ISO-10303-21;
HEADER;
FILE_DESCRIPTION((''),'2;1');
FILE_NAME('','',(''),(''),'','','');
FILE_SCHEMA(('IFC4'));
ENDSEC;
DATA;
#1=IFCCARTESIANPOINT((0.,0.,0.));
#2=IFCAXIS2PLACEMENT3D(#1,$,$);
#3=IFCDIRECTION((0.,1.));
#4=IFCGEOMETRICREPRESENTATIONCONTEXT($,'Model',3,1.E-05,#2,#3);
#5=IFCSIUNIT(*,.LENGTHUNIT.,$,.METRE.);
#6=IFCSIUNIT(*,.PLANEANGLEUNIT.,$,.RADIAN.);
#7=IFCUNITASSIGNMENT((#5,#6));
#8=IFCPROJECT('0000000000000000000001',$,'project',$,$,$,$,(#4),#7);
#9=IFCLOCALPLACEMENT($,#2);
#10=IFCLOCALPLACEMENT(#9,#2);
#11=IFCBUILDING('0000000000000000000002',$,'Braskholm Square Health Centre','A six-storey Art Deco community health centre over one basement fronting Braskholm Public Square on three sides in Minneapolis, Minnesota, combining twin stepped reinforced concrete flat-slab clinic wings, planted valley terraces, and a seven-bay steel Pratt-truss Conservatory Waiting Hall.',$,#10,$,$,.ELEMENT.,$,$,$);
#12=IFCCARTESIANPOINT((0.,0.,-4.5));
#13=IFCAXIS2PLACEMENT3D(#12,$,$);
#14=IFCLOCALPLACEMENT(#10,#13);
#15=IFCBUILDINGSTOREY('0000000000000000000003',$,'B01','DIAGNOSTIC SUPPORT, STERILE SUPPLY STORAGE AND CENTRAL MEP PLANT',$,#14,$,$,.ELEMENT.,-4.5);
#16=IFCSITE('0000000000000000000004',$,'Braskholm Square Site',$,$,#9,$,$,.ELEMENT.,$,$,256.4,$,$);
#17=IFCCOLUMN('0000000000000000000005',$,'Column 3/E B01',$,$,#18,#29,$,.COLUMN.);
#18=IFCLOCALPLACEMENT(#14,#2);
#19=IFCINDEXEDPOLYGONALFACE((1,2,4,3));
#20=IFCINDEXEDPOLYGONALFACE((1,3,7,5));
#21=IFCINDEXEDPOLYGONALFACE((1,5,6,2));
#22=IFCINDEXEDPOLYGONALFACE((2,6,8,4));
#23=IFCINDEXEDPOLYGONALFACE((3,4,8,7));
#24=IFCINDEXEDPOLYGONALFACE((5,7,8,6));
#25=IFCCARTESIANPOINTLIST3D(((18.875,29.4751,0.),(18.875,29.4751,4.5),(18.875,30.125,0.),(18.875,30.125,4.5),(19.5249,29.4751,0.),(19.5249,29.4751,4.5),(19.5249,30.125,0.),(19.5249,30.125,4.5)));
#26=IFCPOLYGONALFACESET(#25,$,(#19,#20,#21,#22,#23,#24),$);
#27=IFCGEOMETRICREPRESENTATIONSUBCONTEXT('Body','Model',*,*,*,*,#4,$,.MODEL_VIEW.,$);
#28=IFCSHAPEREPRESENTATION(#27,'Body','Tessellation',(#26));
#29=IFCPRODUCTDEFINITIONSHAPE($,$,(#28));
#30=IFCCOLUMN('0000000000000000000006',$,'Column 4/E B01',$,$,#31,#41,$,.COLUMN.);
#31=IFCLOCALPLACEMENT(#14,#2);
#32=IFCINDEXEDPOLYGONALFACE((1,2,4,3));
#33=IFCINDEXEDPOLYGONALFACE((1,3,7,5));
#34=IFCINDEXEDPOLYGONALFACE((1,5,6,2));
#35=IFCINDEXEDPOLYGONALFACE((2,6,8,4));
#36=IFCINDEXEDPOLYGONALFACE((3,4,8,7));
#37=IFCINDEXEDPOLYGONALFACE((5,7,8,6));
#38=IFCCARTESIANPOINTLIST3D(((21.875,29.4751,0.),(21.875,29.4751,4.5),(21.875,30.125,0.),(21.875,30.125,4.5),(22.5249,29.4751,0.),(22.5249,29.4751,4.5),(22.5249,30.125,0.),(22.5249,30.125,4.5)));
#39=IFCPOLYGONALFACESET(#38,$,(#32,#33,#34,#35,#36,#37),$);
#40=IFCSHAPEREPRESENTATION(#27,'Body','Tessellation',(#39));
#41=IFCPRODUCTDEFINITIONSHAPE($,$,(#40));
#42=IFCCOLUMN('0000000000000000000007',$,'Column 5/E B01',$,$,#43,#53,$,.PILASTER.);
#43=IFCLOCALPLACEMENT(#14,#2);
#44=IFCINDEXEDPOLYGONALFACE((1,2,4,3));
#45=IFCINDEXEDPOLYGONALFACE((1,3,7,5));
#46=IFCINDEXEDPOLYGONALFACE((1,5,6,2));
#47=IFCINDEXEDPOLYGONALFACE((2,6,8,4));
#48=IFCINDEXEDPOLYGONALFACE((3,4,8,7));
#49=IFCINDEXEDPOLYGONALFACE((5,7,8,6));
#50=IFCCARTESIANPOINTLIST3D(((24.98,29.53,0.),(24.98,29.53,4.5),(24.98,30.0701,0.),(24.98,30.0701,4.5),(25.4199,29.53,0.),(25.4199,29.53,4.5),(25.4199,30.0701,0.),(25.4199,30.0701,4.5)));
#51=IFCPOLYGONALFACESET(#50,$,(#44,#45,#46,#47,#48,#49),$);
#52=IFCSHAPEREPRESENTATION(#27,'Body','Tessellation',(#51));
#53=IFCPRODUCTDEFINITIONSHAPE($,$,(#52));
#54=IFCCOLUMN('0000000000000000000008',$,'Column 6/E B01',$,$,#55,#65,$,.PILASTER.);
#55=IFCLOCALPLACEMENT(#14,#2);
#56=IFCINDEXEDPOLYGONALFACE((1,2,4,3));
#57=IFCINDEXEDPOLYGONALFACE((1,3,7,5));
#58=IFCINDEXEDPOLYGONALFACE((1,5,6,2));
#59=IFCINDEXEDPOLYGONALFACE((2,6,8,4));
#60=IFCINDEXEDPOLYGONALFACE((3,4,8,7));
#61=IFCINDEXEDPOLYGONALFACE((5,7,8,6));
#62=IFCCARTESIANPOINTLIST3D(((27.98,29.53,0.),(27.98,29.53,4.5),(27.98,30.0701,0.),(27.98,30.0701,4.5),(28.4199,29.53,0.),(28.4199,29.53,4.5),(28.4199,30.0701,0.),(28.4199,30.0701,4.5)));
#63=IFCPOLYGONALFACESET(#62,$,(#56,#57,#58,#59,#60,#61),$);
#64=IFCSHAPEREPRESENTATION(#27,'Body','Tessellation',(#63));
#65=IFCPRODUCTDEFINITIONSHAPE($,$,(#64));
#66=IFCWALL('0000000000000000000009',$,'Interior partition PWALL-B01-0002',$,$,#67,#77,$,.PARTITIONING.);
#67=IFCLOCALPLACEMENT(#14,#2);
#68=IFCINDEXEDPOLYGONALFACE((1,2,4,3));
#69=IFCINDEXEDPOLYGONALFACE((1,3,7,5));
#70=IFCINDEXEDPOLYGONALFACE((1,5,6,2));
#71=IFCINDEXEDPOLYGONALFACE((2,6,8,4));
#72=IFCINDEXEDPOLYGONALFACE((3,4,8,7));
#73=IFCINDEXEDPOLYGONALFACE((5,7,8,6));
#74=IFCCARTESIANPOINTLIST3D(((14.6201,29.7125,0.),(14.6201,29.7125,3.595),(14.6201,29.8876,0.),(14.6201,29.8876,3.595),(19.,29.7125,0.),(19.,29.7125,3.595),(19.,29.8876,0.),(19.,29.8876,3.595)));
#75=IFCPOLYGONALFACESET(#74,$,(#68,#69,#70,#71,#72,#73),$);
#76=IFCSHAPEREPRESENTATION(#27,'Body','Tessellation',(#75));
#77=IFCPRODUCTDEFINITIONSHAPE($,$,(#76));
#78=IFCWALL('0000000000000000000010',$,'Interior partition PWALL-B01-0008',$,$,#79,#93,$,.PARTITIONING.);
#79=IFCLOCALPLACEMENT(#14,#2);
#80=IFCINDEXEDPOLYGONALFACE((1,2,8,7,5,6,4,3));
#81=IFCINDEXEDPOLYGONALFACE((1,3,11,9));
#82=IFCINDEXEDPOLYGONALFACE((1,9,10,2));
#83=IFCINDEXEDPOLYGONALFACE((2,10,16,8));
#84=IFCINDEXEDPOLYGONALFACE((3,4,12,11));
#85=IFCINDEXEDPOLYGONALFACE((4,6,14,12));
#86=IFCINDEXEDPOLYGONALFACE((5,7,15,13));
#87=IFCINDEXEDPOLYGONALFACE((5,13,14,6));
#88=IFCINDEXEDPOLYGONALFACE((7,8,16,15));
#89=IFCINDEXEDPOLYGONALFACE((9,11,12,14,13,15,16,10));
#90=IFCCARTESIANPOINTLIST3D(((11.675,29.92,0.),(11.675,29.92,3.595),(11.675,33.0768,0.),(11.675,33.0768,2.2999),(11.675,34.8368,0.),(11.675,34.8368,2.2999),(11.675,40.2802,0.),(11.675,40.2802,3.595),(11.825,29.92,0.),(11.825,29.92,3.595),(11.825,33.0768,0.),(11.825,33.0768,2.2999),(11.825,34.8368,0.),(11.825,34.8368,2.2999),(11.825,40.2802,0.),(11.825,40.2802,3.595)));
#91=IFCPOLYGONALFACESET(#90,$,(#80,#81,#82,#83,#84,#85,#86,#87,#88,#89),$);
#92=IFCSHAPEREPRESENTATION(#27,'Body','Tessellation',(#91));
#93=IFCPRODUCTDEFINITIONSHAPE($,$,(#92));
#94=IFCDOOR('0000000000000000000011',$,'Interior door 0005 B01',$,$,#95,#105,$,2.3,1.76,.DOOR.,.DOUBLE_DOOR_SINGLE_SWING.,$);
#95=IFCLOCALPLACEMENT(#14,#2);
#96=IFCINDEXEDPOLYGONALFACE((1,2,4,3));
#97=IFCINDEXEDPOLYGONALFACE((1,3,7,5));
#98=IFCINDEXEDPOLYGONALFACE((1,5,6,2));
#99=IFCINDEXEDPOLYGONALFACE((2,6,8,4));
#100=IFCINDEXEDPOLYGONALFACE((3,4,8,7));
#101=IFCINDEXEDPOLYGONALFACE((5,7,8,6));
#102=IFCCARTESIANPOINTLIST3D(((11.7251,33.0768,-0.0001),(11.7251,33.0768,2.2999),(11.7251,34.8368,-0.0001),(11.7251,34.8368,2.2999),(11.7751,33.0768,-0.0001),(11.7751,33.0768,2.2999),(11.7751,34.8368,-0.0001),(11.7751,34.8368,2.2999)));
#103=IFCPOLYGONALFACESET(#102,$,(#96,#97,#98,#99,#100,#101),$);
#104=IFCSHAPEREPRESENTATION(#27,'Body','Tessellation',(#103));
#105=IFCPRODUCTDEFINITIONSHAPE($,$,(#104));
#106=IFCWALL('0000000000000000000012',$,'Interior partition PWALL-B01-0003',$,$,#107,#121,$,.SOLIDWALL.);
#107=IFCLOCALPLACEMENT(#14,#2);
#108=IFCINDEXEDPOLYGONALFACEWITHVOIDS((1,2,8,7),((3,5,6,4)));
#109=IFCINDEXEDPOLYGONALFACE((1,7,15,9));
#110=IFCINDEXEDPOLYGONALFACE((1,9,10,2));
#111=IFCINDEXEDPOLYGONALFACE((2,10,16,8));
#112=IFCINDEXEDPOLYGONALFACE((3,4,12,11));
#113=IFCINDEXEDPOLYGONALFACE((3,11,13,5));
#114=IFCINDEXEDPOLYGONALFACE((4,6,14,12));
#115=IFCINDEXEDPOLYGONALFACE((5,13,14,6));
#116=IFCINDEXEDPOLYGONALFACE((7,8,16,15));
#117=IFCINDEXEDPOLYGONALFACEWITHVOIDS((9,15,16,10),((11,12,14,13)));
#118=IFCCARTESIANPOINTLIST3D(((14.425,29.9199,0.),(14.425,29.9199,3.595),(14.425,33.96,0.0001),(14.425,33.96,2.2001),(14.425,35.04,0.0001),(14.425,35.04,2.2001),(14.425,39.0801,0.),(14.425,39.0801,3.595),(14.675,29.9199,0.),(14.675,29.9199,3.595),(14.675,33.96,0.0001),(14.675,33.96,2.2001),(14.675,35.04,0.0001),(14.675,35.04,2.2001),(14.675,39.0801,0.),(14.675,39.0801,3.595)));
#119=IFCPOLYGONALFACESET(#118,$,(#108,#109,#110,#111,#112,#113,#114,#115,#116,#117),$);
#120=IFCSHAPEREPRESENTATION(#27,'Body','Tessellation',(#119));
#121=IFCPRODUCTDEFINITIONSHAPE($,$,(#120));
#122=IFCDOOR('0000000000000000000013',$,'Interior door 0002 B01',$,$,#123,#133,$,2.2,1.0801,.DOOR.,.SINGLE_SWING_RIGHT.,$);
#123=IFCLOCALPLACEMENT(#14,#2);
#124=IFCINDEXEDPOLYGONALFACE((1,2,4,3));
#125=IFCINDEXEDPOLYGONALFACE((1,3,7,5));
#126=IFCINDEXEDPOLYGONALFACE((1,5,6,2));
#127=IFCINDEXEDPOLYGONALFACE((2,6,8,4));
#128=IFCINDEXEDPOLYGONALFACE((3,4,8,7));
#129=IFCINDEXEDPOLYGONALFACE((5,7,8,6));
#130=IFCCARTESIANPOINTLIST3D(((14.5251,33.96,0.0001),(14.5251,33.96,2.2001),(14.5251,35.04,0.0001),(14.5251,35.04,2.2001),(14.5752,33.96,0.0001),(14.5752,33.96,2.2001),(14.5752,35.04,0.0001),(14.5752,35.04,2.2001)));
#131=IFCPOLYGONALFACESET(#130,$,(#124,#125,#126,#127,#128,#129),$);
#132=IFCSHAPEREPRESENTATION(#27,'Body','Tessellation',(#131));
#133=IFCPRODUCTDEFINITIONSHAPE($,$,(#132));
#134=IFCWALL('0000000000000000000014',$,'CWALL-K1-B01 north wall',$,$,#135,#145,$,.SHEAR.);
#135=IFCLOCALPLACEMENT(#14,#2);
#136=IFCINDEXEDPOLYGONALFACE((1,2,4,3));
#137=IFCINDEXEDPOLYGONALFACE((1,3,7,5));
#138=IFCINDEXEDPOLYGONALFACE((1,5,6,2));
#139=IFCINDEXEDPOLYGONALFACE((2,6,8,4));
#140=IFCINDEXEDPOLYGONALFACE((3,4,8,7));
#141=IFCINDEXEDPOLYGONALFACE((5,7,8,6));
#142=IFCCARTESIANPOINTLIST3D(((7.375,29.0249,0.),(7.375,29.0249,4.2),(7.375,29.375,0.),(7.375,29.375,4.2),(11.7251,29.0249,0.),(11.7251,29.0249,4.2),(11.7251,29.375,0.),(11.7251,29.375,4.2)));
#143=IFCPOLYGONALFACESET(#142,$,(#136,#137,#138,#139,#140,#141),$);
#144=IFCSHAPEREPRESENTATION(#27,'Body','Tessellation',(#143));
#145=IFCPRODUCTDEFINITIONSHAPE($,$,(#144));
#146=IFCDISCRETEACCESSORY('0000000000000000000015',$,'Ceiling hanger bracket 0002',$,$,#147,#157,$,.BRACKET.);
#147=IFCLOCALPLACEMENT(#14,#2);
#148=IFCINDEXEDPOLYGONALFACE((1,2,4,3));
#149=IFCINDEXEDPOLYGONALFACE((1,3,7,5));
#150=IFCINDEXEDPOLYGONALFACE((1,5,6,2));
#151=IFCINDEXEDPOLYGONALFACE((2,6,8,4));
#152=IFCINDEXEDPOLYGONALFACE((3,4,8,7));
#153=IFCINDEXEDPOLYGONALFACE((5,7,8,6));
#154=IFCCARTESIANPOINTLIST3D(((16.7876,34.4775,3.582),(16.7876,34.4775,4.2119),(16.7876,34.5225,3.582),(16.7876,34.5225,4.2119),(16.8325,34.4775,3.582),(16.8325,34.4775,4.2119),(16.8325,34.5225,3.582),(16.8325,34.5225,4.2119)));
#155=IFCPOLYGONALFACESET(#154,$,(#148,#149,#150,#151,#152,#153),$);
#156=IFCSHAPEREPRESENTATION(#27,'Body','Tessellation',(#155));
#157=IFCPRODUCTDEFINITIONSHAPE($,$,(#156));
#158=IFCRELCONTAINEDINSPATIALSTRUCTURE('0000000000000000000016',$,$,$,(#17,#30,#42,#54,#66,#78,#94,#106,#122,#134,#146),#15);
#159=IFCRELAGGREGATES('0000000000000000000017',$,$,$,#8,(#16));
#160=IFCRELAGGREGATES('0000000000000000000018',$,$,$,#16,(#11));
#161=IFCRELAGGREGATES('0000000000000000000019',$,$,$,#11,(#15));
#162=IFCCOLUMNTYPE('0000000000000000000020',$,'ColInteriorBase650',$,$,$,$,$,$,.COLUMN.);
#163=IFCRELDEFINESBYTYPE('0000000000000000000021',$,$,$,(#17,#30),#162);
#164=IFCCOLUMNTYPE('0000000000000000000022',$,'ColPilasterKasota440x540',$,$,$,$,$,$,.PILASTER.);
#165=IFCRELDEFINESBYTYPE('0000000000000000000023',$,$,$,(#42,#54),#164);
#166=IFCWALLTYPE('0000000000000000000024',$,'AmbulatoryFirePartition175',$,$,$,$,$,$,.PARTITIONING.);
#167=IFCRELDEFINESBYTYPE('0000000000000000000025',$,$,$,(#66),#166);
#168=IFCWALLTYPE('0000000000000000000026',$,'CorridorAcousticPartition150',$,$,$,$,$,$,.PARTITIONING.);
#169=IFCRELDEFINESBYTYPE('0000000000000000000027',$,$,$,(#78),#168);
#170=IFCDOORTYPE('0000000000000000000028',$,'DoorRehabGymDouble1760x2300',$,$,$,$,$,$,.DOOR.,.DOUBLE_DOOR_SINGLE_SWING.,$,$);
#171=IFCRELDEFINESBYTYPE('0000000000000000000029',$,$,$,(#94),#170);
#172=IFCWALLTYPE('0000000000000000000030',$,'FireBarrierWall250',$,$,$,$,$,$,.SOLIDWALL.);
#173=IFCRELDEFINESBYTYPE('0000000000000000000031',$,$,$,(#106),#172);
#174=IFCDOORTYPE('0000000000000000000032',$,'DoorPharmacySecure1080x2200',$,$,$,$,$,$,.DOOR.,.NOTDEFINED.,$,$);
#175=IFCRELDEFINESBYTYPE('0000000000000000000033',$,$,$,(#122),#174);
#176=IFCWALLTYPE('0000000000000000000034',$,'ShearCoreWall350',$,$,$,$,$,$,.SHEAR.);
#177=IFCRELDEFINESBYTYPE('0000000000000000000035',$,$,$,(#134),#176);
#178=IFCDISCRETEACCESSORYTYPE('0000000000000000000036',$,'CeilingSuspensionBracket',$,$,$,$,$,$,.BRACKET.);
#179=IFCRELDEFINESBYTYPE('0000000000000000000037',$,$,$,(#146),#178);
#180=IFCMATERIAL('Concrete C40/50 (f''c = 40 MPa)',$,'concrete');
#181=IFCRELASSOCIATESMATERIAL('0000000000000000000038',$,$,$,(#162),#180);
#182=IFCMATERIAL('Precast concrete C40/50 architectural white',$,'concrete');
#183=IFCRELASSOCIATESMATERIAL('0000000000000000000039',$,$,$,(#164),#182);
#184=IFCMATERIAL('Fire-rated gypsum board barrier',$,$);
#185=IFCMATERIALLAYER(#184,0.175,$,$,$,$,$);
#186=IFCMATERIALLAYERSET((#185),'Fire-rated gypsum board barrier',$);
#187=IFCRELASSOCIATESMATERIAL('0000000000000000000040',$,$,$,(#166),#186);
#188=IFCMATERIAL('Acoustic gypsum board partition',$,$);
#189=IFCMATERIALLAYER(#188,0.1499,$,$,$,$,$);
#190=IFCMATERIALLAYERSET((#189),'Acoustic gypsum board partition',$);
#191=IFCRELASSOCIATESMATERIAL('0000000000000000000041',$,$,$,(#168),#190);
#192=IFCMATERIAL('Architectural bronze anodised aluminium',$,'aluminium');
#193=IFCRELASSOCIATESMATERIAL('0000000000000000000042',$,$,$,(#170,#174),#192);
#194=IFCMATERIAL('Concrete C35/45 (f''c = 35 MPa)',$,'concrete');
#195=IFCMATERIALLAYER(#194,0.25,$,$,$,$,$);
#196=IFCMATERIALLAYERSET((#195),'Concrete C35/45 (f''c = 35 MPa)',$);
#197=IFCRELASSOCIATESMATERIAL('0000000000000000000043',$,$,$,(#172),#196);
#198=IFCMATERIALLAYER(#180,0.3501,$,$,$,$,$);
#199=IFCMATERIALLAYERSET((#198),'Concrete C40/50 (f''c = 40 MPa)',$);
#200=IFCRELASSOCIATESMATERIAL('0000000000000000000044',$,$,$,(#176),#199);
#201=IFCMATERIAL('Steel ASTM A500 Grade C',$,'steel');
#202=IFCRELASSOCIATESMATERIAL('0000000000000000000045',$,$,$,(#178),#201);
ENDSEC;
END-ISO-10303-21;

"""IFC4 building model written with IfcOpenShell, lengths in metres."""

from ifc_helpers import new_model, si_unit, direction, frame, frame_2d, origin, origin_with_axes, origin_2d, place, context, subcontext, project, spatial, rectangle, extrude, material, layer, layer_set, material_profile, profile_set, type_object, element, fill, save


model = new_model("IFC4")

# Units and contexts
model_context = context("Model", 3, precision=1e-05, world=origin(), true_north=direction((0.0, 1.0)))
body_context = subcontext(model_context, "Body", "Model", "MODEL_VIEW")
ifc_project = project(units=[si_unit("LENGTHUNIT", "METRE"), si_unit("PLANEANGLEUNIT", "RADIAN")], contexts=[model_context])

# Site, building, storey
site_placement = place(None, origin())
site = spatial("IfcSite", under=ifc_project, at=site_placement, Name="Braskholm Square Site", CompositionType="ELEMENT", RefElevation=256.4)
building_placement = place(site_placement, origin())
building = spatial("IfcBuilding", under=site, at=building_placement, Name="Braskholm Square Health Centre", Description="A six-storey Art Deco community health centre over one basement fronting Braskholm Public Square on three sides in Minneapolis, Minnesota, combining twin stepped reinforced concrete flat-slab clinic wings, planted valley terraces, and a seven-bay steel Pratt-truss Conservatory Waiting Hall.", CompositionType="ELEMENT")
storey_placement = place(building_placement, frame((0.0, 0.0, -4.5)))
storey = spatial("IfcBuildingStorey", under=building, at=storey_placement, Name="B01", Description="DIAGNOSTIC SUPPORT, STERILE SUPPLY STORAGE AND CENTRAL MEP PLANT", CompositionType="ELEMENT", Elevation=-4.5)

# Shared definitions
ifc_material_1 = material(Name="Concrete C40/50 (f'c = 40 MPa)", Category="concrete")

# Columns
ifc_material_profile_1 = material_profile(ifc_material_1, rectangle(XDim=0.6499, YDim=0.6499, at=origin_2d()), Name="RC-650X650")
ifc_profile_set_1 = profile_set([ifc_material_profile_1], Name="Concrete C40/50 (f'c = 40 MPa)")
column_type_1 = type_object("IfcColumnType", Name="ColInteriorBase650", PredefinedType="COLUMN", material=ifc_profile_set_1)
for number, where, z_axis, x_axis, name in (
    (1, (19.2, 29.8, 0.0), (0.0, 0.0, 1.0), (1.0, 0.0, 0.0), "Column 3/E B01"),
    (2, (22.2, 29.8, 0.0), (0.0, 0.0, 1.0), (1.0, 0.0, 0.0), "Column 4/E B01"),
):
    element("IfcColumn", number, at=place(storey_placement, frame(where, z_axis=z_axis, x_axis=x_axis)), inside=storey, type_object=column_type_1, Name=name, PredefinedType="COLUMN", context=body_context, shape_type="SweptSolid", body=[
        extrude(rectangle(XDim=0.6499, YDim=0.6499, at=origin_2d()), origin(), (0.0, 0.0, 1.0), 4.5),
    ])
ifc_material_2 = material(Name="Precast concrete C40/50 architectural white", Category="concrete")
ifc_material_profile_2 = material_profile(ifc_material_2, rectangle(XDim=0.4399, YDim=0.54, at=origin_2d()), Name="RC-440X540")
ifc_profile_set_2 = profile_set([ifc_material_profile_2], Name="Precast concrete C40/50 architectural white")
column_type_2 = type_object("IfcColumnType", Name="ColPilasterKasota440x540", PredefinedType="PILASTER", material=ifc_profile_set_2)
for number, where, z_axis, x_axis, name in (
    (3, (25.2, 29.8, 0.0), (0.0, 0.0, 1.0), (1.0, 0.0, 0.0), "Column 5/E B01"),
    (4, (28.2, 29.8, 0.0), (0.0, 0.0, 1.0), (1.0, 0.0, 0.0), "Column 6/E B01"),
):
    element("IfcColumn", number, at=place(storey_placement, frame(where, z_axis=z_axis, x_axis=x_axis)), inside=storey, type_object=column_type_2, Name=name, PredefinedType="PILASTER", context=body_context, shape_type="SweptSolid", body=[
        extrude(rectangle(XDim=0.4399, YDim=0.54, at=origin_2d()), origin(), (0.0, 0.0, 1.0), 4.5),
    ])

# Wall
ifc_material_3 = material(Name="Fire-rated gypsum board barrier")
ifc_layer_1 = layer(ifc_material_3, 0.175)
ifc_layer_set_1 = layer_set([ifc_layer_1], Name="Fire-rated gypsum board barrier")
wall_type_1 = type_object("IfcWallType", Name="AmbulatoryFirePartition175", PredefinedType="PARTITIONING", material=ifc_layer_set_1)
wall_1_placement = place(storey_placement, frame((14.6201, 29.8, 0.0), z_axis=(0.0, 0.0, 1.0), x_axis=(1.0, 0.0, 0.0)))
element("IfcWall", 5, at=wall_1_placement, inside=storey, type_object=wall_type_1, Name="Interior partition PWALL-B01-0002", PredefinedType="PARTITIONING", context=body_context, shape_type="SweptSolid", body=[
    extrude(rectangle(XDim=4.3799, YDim=0.175, at=frame_2d((2.1899, 0.0))), origin(), (0.0, 0.0, 1.0), 3.595),
])

# Walls, openings, doors
ifc_material_4 = material(Name="Acoustic gypsum board partition")
ifc_layer_2 = layer(ifc_material_4, 0.1499)
ifc_layer_set_2 = layer_set([ifc_layer_2], Name="Acoustic gypsum board partition")
wall_type_2 = type_object("IfcWallType", Name="CorridorAcousticPartition150", PredefinedType="PARTITIONING", material=ifc_layer_set_2)
wall_2_placement = place(storey_placement, frame((11.75, 29.9199, 0.0), z_axis=(0.0, 0.0, 1.0), x_axis=(0.0, 1.0, 0.0)))
wall_2 = element("IfcWall", 6, at=wall_2_placement, inside=storey, type_object=wall_type_2, Name="Interior partition PWALL-B01-0008", PredefinedType="PARTITIONING", context=body_context, shape_type="SweptSolid", body=[
    extrude(rectangle(XDim=10.3601, YDim=0.1499, at=frame_2d((5.1802, 0.0))), origin(), (0.0, 0.0, 1.0), 3.595),
])
opening_1_placement = place(wall_2_placement, frame((3.157, 0.0, 0.0)))
opening_1 = element("IfcOpeningElement", 7, at=opening_1_placement, cuts=wall_2, PredefinedType="OPENING", context=body_context, shape_type="SweptSolid", body=[
    extrude(rectangle(XDim=1.76, YDim=2.3, at=frame_2d((0.8799, 1.1499))), frame((0.0, 0.085, 0.0), z_axis=(0.0, -1.0, 0.0), x_axis=(1.0, 0.0, 0.0)), (0.0, 0.0, 1.0), 0.1699),
])
ifc_material_5 = material(Name="Architectural bronze anodised aluminium", Category="aluminium")
door_type_1 = type_object("IfcDoorType", Name="DoorRehabGymDouble1760x2300", OperationType="DOUBLE_DOOR_SINGLE_SWING", PredefinedType="DOOR", material=ifc_material_5)
door_1_placement = place(opening_1_placement, origin_with_axes())
door_1 = element("IfcDoor", 8, at=door_1_placement, inside=storey, type_object=door_type_1, Name="Interior door 0005 B01", OperationType="DOUBLE_DOOR_SINGLE_SWING", OverallHeight=2.3, OverallWidth=1.76, PredefinedType="DOOR", context=body_context, shape_type="SweptSolid", body=[
    extrude(rectangle(XDim=1.76, YDim=2.3, at=frame_2d((0.8799, 1.1499))), frame((0.0, 0.0249, 0.0), z_axis=(0.0, -1.0, 0.0), x_axis=(1.0, 0.0, 0.0)), (0.0, 0.0, 1.0), 0.05),
])
fill(opening_1, door_1)
ifc_material_6 = material(Name="Concrete C35/45 (f'c = 35 MPa)", Category="concrete")
ifc_layer_3 = layer(ifc_material_6, 0.25)
ifc_layer_set_3 = layer_set([ifc_layer_3], Name="Concrete C35/45 (f'c = 35 MPa)")
wall_type_3 = type_object("IfcWallType", Name="FireBarrierWall250", PredefinedType="SOLIDWALL", material=ifc_layer_set_3)
wall_3_placement = place(storey_placement, frame((14.55, 29.9199, 0.0), z_axis=(0.0, 0.0, 1.0), x_axis=(0.0, 1.0, 0.0)))
wall_3 = element("IfcWall", 9, at=wall_3_placement, inside=storey, type_object=wall_type_3, Name="Interior partition PWALL-B01-0003", PredefinedType="SOLIDWALL", context=body_context, shape_type="SweptSolid", body=[
    extrude(rectangle(XDim=9.1602, YDim=0.25, at=frame_2d((4.5801, 0.0))), origin(), (0.0, 0.0, 1.0), 3.595),
])
opening_2_placement = place(wall_3_placement, frame((4.04, 0.0, 0.0)))
opening_2 = element("IfcOpeningElement", 10, at=opening_2_placement, cuts=wall_3, PredefinedType="OPENING", context=body_context, shape_type="SweptSolid", body=[
    extrude(rectangle(XDim=1.0801, YDim=2.2, at=frame_2d((0.54, 1.1001))), frame((0.0, 0.135, 0.0), z_axis=(0.0, -1.0, 0.0), x_axis=(1.0, 0.0, 0.0)), (0.0, 0.0, 1.0), 0.27),
])
door_type_2 = type_object("IfcDoorType", Name="DoorPharmacySecure1080x2200", OperationType="NOTDEFINED", PredefinedType="DOOR", material=ifc_material_5)
door_2_placement = place(opening_2_placement, origin_with_axes())
door_2 = element("IfcDoor", 11, at=door_2_placement, inside=storey, type_object=door_type_2, Name="Interior door 0002 B01", OperationType="SINGLE_SWING_RIGHT", OverallHeight=2.2, OverallWidth=1.0801, PredefinedType="DOOR", context=body_context, shape_type="SweptSolid", body=[
    extrude(rectangle(XDim=1.0801, YDim=2.2, at=frame_2d((0.54, 1.1001))), frame((0.0, 0.0249, 0.0), z_axis=(0.0, -1.0, 0.0), x_axis=(1.0, 0.0, 0.0)), (0.0, 0.0, 1.0), 0.05),
])
fill(opening_2, door_2)

# Wall
ifc_layer_4 = layer(ifc_material_1, 0.3501)
ifc_layer_set_4 = layer_set([ifc_layer_4], Name="Concrete C40/50 (f'c = 40 MPa)")
wall_type_4 = type_object("IfcWallType", Name="ShearCoreWall350", PredefinedType="SHEAR", material=ifc_layer_set_4)
wall_4_placement = place(storey_placement, frame((11.7251, 29.2, 0.0), z_axis=(0.0, 0.0, 1.0), x_axis=(-1.0, 0.0, 0.0)))
element("IfcWall", 12, at=wall_4_placement, inside=storey, type_object=wall_type_4, Name="CWALL-K1-B01 north wall", PredefinedType="SHEAR", context=body_context, shape_type="SweptSolid", body=[
    extrude(rectangle(XDim=4.3501, YDim=0.3501, at=frame_2d((2.175, 0.0))), origin(), (0.0, 0.0, 1.0), 4.2),
])

# Discrete accessory
ifc_material_7 = material(Name="Steel ASTM A500 Grade C", Category="steel")
discrete_accessory_type = type_object("IfcDiscreteAccessoryType", Name="CeilingSuspensionBracket", PredefinedType="BRACKET", material=ifc_material_7)
discrete_accessory_placement = place(storey_placement, frame((16.8101, 34.5, 3.582), z_axis=(0.0, 0.0, 1.0), x_axis=(1.0, 0.0, 0.0)))
element("IfcDiscreteAccessory", 13, at=discrete_accessory_placement, inside=storey, type_object=discrete_accessory_type, Name="Ceiling hanger bracket 0002", PredefinedType="BRACKET", context=body_context, shape_type="SweptSolid", body=[
    extrude(rectangle(XDim=0.0449, YDim=0.0449, at=origin_2d()), origin(), (0.0, 0.0, 1.0), 0.6299),
])

save(model, "model.ifc")
